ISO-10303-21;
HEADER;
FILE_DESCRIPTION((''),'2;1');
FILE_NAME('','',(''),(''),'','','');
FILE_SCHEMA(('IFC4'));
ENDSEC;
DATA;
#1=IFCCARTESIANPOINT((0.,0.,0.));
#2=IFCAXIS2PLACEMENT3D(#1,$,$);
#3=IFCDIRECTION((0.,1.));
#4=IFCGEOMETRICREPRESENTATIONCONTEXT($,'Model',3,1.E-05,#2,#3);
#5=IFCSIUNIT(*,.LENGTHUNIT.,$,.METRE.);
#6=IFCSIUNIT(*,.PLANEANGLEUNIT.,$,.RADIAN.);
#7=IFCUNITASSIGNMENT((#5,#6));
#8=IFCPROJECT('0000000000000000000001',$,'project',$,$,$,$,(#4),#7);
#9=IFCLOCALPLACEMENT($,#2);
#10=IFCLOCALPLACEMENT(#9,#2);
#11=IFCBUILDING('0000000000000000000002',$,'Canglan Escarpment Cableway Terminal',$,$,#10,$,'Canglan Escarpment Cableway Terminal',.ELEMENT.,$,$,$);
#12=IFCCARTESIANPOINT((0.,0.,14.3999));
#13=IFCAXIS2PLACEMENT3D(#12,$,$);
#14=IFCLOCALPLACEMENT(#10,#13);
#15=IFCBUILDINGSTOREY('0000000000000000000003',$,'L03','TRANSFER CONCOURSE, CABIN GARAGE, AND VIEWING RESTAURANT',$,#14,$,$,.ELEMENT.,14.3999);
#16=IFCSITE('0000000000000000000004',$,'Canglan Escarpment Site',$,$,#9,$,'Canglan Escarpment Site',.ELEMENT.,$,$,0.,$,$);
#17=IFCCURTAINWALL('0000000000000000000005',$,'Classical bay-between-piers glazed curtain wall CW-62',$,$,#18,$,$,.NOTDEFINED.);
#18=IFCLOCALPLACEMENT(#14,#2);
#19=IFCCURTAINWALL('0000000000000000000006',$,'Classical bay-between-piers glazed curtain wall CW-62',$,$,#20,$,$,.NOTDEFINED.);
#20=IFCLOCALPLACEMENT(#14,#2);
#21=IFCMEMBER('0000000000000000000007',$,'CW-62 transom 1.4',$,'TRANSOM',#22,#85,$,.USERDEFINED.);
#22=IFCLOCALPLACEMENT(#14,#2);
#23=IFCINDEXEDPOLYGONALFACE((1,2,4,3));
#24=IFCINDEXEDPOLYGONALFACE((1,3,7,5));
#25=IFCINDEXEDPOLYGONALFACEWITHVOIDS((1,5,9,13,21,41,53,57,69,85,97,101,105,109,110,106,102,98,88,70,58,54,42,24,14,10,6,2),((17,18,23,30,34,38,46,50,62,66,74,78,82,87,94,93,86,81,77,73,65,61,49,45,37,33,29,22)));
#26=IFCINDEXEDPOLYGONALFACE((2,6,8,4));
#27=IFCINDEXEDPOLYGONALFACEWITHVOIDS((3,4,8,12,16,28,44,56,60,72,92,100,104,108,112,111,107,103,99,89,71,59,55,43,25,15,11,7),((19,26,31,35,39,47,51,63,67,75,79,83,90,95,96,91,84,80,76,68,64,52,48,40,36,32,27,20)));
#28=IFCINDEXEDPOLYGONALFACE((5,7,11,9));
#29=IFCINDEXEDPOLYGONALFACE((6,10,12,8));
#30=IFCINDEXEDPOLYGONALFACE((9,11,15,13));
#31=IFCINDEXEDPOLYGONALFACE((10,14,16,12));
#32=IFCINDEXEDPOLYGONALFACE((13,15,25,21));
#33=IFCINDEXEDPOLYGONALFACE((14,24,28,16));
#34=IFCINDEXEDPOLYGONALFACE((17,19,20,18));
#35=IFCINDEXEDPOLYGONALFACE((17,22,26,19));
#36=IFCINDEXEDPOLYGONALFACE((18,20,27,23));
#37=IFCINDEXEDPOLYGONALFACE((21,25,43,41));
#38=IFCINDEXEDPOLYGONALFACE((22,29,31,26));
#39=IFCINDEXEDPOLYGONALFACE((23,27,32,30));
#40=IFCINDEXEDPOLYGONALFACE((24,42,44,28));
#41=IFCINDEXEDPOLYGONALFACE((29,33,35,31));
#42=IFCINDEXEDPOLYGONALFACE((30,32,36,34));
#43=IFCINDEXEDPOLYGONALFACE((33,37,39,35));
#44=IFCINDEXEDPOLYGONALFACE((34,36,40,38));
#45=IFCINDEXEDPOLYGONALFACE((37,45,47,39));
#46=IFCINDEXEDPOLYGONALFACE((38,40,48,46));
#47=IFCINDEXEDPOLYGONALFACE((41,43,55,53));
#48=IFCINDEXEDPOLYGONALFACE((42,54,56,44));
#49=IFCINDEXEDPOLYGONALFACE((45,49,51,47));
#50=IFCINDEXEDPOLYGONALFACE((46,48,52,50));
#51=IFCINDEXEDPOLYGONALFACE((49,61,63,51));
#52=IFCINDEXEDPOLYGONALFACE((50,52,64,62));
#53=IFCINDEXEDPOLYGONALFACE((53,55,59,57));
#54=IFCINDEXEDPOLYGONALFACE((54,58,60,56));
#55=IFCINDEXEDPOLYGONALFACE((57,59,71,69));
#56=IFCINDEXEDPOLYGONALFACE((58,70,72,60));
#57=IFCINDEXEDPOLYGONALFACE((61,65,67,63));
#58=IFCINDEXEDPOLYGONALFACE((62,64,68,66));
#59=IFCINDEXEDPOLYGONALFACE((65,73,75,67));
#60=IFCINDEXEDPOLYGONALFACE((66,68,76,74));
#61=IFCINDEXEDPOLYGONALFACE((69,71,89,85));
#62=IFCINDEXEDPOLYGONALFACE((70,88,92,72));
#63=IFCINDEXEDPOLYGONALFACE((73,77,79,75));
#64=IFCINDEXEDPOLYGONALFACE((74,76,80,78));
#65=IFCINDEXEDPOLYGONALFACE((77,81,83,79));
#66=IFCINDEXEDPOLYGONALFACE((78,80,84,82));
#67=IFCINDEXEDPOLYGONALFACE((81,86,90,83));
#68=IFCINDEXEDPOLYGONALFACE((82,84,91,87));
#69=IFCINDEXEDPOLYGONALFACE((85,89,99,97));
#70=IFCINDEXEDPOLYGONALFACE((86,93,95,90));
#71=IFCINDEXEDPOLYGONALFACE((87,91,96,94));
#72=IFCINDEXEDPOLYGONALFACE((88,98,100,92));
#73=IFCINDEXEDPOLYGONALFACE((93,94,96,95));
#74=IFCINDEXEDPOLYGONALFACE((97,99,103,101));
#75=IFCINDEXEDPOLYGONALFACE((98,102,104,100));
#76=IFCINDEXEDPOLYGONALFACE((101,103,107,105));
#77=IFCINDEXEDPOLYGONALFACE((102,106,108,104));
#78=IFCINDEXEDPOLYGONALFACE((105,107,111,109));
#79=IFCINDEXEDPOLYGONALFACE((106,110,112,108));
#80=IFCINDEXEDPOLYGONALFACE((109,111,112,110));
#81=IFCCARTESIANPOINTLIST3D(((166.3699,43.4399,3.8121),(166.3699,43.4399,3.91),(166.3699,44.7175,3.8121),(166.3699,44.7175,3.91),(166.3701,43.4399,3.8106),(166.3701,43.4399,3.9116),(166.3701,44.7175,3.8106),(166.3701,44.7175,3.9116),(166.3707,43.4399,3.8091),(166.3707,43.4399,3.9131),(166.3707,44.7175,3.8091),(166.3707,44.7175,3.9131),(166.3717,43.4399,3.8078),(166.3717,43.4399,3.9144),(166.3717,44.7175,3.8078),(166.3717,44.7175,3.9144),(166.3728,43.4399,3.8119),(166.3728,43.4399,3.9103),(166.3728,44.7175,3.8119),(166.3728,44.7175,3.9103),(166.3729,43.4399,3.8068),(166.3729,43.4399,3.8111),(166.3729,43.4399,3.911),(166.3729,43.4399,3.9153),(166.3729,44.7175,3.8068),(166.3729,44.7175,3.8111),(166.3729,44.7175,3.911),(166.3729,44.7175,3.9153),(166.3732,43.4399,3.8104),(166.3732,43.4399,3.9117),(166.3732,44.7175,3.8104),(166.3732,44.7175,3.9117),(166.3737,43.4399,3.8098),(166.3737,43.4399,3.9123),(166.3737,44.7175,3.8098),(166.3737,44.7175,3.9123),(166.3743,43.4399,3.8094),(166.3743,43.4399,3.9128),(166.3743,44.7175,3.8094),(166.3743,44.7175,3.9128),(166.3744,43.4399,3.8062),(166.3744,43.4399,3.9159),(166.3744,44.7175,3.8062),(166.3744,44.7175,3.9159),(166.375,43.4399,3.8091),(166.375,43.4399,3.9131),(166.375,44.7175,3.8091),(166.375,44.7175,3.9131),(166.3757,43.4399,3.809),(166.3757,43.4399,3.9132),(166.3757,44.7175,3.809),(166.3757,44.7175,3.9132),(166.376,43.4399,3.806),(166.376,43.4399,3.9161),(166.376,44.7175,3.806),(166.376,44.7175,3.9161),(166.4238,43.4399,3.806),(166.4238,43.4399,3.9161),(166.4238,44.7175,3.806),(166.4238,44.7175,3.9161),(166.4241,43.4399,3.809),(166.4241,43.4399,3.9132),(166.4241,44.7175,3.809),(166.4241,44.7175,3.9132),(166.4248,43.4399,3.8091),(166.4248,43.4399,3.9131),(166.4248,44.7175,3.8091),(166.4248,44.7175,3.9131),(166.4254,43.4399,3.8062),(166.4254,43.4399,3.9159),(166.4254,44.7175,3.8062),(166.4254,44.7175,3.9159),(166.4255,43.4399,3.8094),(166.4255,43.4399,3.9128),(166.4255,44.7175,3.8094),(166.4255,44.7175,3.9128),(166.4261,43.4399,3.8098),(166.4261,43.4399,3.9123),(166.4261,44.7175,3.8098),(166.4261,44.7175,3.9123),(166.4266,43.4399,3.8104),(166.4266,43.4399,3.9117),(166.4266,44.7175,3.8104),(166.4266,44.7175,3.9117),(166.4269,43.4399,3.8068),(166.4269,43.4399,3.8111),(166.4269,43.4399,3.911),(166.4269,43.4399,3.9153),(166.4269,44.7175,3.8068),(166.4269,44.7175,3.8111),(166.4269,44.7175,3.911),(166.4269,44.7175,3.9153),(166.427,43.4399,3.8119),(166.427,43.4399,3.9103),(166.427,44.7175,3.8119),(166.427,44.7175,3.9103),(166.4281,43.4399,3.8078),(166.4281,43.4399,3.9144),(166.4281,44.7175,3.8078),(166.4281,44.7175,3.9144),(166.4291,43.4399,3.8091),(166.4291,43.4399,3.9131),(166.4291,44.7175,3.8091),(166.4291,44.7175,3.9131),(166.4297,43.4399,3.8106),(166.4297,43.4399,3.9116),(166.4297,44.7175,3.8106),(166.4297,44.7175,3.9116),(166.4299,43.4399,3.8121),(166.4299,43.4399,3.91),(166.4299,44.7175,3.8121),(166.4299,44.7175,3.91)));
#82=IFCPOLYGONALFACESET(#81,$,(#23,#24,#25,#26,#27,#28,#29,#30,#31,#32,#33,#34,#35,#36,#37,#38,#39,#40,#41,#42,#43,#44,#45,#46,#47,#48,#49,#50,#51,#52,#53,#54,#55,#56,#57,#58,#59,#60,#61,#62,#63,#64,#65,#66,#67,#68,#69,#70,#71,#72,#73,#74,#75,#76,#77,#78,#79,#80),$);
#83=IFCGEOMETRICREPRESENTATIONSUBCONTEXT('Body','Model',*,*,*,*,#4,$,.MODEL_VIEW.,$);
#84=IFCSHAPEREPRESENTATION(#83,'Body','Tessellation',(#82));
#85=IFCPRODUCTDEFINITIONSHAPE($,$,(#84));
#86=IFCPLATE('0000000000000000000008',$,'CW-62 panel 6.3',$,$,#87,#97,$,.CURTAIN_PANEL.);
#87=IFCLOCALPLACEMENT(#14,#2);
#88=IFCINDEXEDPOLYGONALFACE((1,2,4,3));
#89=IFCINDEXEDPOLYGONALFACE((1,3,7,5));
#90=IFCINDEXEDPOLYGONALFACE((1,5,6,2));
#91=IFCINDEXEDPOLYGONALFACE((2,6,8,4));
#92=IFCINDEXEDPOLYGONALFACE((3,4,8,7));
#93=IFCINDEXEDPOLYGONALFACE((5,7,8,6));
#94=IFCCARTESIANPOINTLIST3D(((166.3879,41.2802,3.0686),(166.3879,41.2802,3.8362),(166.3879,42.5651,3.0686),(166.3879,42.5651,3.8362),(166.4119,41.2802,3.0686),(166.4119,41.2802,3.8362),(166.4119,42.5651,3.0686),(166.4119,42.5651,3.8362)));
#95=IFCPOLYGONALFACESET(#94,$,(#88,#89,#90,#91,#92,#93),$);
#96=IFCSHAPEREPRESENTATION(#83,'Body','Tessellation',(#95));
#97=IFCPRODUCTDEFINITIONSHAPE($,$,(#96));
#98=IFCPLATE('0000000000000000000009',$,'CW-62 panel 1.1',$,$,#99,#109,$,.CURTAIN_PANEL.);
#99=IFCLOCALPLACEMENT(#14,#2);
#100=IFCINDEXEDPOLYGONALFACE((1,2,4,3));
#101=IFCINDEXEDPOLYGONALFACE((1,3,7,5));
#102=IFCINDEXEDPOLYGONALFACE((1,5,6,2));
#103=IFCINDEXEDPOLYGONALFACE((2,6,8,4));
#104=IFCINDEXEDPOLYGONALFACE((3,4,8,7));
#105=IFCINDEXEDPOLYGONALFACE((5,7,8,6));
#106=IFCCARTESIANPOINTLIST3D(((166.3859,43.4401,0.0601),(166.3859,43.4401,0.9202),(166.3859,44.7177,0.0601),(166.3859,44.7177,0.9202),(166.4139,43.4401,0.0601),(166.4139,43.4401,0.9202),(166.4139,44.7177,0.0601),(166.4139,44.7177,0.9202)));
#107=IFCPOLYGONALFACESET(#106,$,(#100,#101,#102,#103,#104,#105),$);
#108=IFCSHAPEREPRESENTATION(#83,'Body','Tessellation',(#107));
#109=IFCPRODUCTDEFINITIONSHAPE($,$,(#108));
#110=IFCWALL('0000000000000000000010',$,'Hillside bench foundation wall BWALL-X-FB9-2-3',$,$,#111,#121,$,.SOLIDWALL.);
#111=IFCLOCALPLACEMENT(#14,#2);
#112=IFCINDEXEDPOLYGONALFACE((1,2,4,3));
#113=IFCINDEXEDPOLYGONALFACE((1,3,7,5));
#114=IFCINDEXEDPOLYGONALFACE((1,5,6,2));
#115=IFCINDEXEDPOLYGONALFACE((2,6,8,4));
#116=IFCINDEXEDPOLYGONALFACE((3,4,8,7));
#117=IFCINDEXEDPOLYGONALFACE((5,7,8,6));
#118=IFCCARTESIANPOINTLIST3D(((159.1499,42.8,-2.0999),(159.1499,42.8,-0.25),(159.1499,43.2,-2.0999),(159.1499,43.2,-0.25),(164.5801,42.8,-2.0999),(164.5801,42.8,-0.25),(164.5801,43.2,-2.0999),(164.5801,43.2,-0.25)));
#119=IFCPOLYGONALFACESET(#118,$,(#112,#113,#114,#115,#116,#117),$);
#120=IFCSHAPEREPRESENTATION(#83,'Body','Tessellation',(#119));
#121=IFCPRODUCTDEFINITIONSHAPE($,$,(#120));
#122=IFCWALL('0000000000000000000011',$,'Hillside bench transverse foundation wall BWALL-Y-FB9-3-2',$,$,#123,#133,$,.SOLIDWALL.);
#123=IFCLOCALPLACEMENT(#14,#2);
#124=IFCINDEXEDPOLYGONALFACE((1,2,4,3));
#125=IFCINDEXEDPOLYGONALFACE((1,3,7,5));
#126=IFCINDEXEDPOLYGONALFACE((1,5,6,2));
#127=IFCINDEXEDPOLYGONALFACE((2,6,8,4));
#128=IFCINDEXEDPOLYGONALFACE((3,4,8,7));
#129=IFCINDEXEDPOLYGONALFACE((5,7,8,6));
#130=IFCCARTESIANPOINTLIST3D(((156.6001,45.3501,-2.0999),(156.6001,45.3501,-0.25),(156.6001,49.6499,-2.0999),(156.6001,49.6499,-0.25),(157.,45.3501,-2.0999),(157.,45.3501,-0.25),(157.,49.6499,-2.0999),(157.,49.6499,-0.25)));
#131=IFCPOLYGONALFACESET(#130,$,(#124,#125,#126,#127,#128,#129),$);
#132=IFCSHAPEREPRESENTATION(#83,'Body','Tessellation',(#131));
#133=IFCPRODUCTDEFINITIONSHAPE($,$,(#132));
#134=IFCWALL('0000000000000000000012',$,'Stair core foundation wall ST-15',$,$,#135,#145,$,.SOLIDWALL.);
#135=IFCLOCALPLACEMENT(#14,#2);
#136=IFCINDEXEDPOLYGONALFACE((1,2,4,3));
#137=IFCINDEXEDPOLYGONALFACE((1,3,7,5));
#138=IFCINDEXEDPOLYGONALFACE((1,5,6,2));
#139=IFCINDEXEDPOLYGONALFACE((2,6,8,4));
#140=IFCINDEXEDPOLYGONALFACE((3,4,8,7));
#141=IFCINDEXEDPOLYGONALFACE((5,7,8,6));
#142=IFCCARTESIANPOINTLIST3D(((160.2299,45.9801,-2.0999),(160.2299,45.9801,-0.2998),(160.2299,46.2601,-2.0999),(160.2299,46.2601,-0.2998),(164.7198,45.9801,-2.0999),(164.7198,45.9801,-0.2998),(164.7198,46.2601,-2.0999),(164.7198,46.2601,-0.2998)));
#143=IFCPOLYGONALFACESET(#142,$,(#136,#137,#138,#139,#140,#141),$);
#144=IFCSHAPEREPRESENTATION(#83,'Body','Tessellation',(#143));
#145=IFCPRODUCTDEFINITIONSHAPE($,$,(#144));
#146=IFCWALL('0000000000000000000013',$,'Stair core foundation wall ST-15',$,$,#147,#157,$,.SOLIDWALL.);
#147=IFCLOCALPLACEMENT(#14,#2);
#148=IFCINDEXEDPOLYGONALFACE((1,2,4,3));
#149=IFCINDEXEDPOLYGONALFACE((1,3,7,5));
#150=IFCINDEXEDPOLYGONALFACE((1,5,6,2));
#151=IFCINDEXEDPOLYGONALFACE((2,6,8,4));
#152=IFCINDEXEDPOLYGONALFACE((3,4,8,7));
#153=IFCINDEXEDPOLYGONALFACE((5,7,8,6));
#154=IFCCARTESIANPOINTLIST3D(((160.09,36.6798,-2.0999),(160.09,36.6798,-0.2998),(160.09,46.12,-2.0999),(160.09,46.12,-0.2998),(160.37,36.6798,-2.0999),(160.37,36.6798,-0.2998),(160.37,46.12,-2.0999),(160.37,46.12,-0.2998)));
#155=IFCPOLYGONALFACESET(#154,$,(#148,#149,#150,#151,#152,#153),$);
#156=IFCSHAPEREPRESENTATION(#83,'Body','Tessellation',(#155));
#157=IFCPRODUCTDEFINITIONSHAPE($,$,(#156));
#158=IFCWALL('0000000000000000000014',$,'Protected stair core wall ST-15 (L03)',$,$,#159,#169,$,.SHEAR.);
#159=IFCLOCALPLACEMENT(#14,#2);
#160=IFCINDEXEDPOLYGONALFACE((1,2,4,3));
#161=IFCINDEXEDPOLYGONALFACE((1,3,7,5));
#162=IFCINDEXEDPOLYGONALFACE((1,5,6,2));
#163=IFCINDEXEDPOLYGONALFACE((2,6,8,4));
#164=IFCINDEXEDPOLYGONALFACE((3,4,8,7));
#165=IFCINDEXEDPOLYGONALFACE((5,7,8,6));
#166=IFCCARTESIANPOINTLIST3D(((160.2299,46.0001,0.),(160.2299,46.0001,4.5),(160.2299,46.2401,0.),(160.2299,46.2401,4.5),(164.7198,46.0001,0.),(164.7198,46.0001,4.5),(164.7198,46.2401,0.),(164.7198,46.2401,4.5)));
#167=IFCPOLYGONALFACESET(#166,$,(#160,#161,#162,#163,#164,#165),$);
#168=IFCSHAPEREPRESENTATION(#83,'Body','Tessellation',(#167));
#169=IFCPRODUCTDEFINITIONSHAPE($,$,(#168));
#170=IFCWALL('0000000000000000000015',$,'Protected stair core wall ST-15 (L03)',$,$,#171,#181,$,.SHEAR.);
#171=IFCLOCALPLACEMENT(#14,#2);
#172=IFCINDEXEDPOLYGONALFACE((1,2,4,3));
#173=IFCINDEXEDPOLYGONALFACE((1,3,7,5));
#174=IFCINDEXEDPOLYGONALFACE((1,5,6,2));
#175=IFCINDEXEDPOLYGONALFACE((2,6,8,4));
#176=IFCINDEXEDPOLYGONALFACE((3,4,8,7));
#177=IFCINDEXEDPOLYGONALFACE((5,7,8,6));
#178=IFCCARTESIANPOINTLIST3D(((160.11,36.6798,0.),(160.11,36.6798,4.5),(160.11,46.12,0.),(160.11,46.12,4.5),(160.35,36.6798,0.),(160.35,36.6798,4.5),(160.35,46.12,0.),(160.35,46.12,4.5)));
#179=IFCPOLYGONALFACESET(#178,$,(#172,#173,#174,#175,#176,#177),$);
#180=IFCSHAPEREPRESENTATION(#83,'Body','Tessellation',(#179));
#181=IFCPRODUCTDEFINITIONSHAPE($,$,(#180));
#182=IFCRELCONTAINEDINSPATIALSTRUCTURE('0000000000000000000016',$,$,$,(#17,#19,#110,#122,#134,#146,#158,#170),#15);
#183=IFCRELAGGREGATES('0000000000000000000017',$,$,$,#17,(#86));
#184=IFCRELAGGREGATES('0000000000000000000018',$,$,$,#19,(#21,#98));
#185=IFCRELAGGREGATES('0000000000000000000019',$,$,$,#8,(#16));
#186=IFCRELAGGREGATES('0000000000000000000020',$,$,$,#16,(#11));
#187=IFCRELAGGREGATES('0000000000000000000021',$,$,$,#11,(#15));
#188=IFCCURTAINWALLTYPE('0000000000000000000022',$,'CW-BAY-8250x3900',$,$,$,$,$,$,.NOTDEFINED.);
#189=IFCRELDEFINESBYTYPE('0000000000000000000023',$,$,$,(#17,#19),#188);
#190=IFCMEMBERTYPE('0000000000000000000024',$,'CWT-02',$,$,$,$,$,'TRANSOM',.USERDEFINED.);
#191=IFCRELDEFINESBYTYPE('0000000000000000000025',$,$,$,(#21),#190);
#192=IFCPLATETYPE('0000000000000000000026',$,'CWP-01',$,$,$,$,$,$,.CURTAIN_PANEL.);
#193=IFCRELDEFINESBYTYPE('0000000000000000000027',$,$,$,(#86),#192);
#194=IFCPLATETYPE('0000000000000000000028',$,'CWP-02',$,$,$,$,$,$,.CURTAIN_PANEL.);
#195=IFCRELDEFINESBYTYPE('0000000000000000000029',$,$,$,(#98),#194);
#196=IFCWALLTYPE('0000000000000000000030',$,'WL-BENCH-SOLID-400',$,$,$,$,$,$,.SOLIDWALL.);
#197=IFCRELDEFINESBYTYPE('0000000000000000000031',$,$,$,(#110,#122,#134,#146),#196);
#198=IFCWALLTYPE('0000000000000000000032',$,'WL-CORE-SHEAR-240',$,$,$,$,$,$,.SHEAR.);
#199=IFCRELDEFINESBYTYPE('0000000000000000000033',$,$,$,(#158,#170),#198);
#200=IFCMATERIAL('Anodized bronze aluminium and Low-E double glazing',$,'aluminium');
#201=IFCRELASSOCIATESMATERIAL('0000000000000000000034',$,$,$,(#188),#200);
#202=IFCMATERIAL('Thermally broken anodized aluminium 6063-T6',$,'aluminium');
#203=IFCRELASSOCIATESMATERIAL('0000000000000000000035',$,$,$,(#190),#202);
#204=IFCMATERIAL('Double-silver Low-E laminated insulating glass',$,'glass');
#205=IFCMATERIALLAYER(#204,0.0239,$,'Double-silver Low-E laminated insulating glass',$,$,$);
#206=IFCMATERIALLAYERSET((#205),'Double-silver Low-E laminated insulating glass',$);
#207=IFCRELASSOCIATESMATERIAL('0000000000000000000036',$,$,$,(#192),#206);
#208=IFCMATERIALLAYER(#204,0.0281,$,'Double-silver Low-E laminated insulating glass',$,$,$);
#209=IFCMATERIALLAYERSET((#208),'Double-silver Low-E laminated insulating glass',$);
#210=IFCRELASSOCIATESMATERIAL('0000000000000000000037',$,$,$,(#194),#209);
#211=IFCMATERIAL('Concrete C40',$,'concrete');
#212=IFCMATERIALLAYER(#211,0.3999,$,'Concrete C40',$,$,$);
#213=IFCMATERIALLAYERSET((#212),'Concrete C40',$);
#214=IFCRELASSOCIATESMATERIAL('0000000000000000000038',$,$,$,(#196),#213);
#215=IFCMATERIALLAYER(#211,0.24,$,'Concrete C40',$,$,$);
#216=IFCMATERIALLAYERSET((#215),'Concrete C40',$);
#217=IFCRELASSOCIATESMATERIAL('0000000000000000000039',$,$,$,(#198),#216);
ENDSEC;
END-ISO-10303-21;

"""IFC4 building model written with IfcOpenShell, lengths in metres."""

from ifc_helpers import new_model, si_unit, direction, frame, frame_2d, origin, origin_2d, place, context, subcontext, project, spatial, rectangle, hollow_rectangle, extrude, material, layer, layer_set, material_profile, profile_set, type_object, element, aggregate, save


model = new_model("IFC4")

# Units and contexts
model_context = context("Model", 3, precision=1e-05, world=origin(), true_north=direction((0.0, 1.0)))
body_context = subcontext(model_context, "Body", "Model", "MODEL_VIEW")
ifc_project = project(units=[si_unit("LENGTHUNIT", "METRE"), si_unit("PLANEANGLEUNIT", "RADIAN")], contexts=[model_context])

# Site, building, storey
site_placement = place(None, origin())
site = spatial("IfcSite", under=ifc_project, at=site_placement, Name="Canglan Escarpment Site", LongName="Canglan Escarpment Site", CompositionType="ELEMENT", RefElevation=0.0)
building_placement = place(site_placement, origin())
building = spatial("IfcBuilding", under=site, at=building_placement, Name="Canglan Escarpment Cableway Terminal", LongName="Canglan Escarpment Cableway Terminal", CompositionType="ELEMENT")
storey_placement = place(building_placement, frame((0.0, 0.0, 14.3999)))
storey = spatial("IfcBuildingStorey", under=building, at=storey_placement, Name="L03", Description="TRANSFER CONCOURSE, CABIN GARAGE, AND VIEWING RESTAURANT", CompositionType="ELEMENT", Elevation=14.3999)

# Shared definitions
ifc_material_1 = material(Name="Concrete C40", Category="concrete")

# Curtain wall
ifc_material_2 = material(Name="Anodized bronze aluminium and Low-E double glazing", Category="aluminium")
curtain_wall_type = type_object("IfcCurtainWallType", Name="CW-BAY-8250x3900", PredefinedType="NOTDEFINED", material=ifc_material_2)
curtain_wall_1_placement = place(storey_placement, origin())
curtain_wall_1 = element("IfcCurtainWall", 1, at=curtain_wall_1_placement, inside=storey, type_object=curtain_wall_type, Name="Classical bay-between-piers glazed curtain wall CW-62", PredefinedType="NOTDEFINED")
ifc_material_3 = material(Name="Thermally broken anodized aluminium 6063-T6", Category="aluminium")

# Curtain wall, member
curtain_wall_2_placement = place(storey_placement, origin())
curtain_wall_2 = element("IfcCurtainWall", 2, at=curtain_wall_2_placement, inside=storey, type_object=curtain_wall_type, Name="Classical bay-between-piers glazed curtain wall CW-62", PredefinedType="NOTDEFINED")
ifc_material_profile_1 = material_profile(ifc_material_3, hollow_rectangle(XDim=0.0601, YDim=0.1101, WallThickness=0.0029, InnerFilletRadius=0.0029, OuterFilletRadius=0.0061, at=origin_2d()), Name="ALU-TRAN 60x110x3")
ifc_profile_set_1 = profile_set([ifc_material_profile_1], Name="Thermally broken anodized aluminium 6063-T6")
member_type_1 = type_object("IfcMemberType", Name="CWT-02", ElementType="TRANSOM", PredefinedType="USERDEFINED", material=ifc_profile_set_1)
member_1_placement = place(storey_placement, frame((166.3999, 43.4399, 3.8611), z_axis=(0.0, 1.0, 0.0), x_axis=(-1.0, 0.0, 0.0)))
member_1 = element("IfcMember", 3, at=member_1_placement, type_object=member_type_1, Name="CW-62 transom 1.4", ObjectType="TRANSOM", PredefinedType="USERDEFINED", context=body_context, shape_type="SweptSolid", body=[
    extrude(hollow_rectangle(XDim=0.0601, YDim=0.1101, WallThickness=0.0029, InnerFilletRadius=0.0029, OuterFilletRadius=0.0061, at=origin_2d()), origin(), (0.0, 0.0, 1.0), 1.2776),
])

# Plates
ifc_material_4 = material(Name="Double-silver Low-E laminated insulating glass", Category="glass")
ifc_layer_1 = layer(ifc_material_4, 0.0239, Name="Double-silver Low-E laminated insulating glass")
ifc_layer_set_1 = layer_set([ifc_layer_1], Name="Double-silver Low-E laminated insulating glass")
plate_type_1 = type_object("IfcPlateType", Name="CWP-01", PredefinedType="CURTAIN_PANEL", material=ifc_layer_set_1)
plate_1_placement = place(storey_placement, frame((166.3999, 41.9226, 3.0686), z_axis=(0.0, 0.0, 1.0), x_axis=(0.0, 1.0, 0.0)))
plate_1 = element("IfcPlate", 4, at=plate_1_placement, type_object=plate_type_1, Name="CW-62 panel 6.3", PredefinedType="CURTAIN_PANEL", context=body_context, shape_type="SweptSolid", body=[
    extrude(rectangle(XDim=1.2849, YDim=0.0239, at=origin_2d()), origin(), (0.0, 0.0, 1.0), 0.7676),
])
aggregate(curtain_wall_1, [plate_1])
ifc_layer_2 = layer(ifc_material_4, 0.0281, Name="Double-silver Low-E laminated insulating glass")
ifc_layer_set_2 = layer_set([ifc_layer_2], Name="Double-silver Low-E laminated insulating glass")
plate_type_2 = type_object("IfcPlateType", Name="CWP-02", PredefinedType="CURTAIN_PANEL", material=ifc_layer_set_2)
plate_2_placement = place(storey_placement, frame((166.3999, 44.0789, 0.0601), z_axis=(0.0, 0.0, 1.0), x_axis=(0.0, 1.0, 0.0)))
plate_2 = element("IfcPlate", 5, at=plate_2_placement, type_object=plate_type_2, Name="CW-62 panel 1.1", PredefinedType="CURTAIN_PANEL", context=body_context, shape_type="SweptSolid", body=[
    extrude(rectangle(XDim=1.2776, YDim=0.0281, at=origin_2d()), origin(), (0.0, 0.0, 1.0), 0.8601),
])
aggregate(curtain_wall_2, [member_1, plate_2])

# Walls
ifc_layer_3 = layer(ifc_material_1, 0.3999, Name="Concrete C40")
ifc_layer_set_3 = layer_set([ifc_layer_3], Name="Concrete C40")
wall_type_1 = type_object("IfcWallType", Name="WL-BENCH-SOLID-400", PredefinedType="SOLIDWALL", material=ifc_layer_set_3)
wall_1_placement = place(storey_placement, frame((159.1499, 43.0, -2.0999), z_axis=(0.0, 0.0, 1.0), x_axis=(1.0, 0.0, 0.0)))
element("IfcWall", 6, at=wall_1_placement, inside=storey, type_object=wall_type_1, Name="Hillside bench foundation wall BWALL-X-FB9-2-3", PredefinedType="SOLIDWALL", context=body_context, shape_type="SweptSolid", body=[
    extrude(rectangle(XDim=5.4302, YDim=0.3999, at=frame_2d((2.7151, 0.0))), origin(), (0.0, 0.0, 1.0), 1.8499),
])
wall_2_placement = place(storey_placement, frame((156.8, 45.3501, -2.0999), z_axis=(0.0, 0.0, 1.0), x_axis=(0.0, 1.0, 0.0)))
element("IfcWall", 7, at=wall_2_placement, inside=storey, type_object=wall_type_1, Name="Hillside bench transverse foundation wall BWALL-Y-FB9-3-2", PredefinedType="SOLIDWALL", context=body_context, shape_type="SweptSolid", body=[
    extrude(rectangle(XDim=4.2998, YDim=0.3999, at=frame_2d((2.1499, 0.0))), origin(), (0.0, 0.0, 1.0), 1.8499),
])
wall_3_placement = place(storey_placement, frame((164.72, 46.1201, -2.0999), z_axis=(0.0, 0.0, 1.0), x_axis=(-1.0, 0.0, 0.0)))
element("IfcWall", 8, at=wall_3_placement, inside=storey, type_object=wall_type_1, Name="Stair core foundation wall ST-15", PredefinedType="SOLIDWALL", context=body_context, shape_type="SweptSolid", body=[
    extrude(rectangle(XDim=4.49, YDim=0.28, at=frame_2d((2.2451, 0.0))), origin(), (0.0, 0.0, 1.0), 1.8),
])
wall_4_placement = place(storey_placement, frame((160.23, 46.1201, -2.0999), z_axis=(0.0, 0.0, 1.0), x_axis=(0.0, -1.0, 0.0)))
element("IfcWall", 9, at=wall_4_placement, inside=storey, type_object=wall_type_1, Name="Stair core foundation wall ST-15", PredefinedType="SOLIDWALL", context=body_context, shape_type="SweptSolid", body=[
    extrude(rectangle(XDim=9.4402, YDim=0.28, at=frame_2d((4.7202, 0.0))), origin(), (0.0, 0.0, 1.0), 1.8),
])
ifc_layer_4 = layer(ifc_material_1, 0.24, Name="Concrete C40")
ifc_layer_set_4 = layer_set([ifc_layer_4], Name="Concrete C40")
wall_type_2 = type_object("IfcWallType", Name="WL-CORE-SHEAR-240", PredefinedType="SHEAR", material=ifc_layer_set_4)
wall_5_placement = place(storey_placement, frame((164.72, 46.1201, 0.0), z_axis=(0.0, 0.0, 1.0), x_axis=(-1.0, 0.0, 0.0)))
element("IfcWall", 10, at=wall_5_placement, inside=storey, type_object=wall_type_2, Name="Protected stair core wall ST-15 (L03)", PredefinedType="SHEAR", context=body_context, shape_type="SweptSolid", body=[
    extrude(rectangle(XDim=4.49, YDim=0.24, at=frame_2d((2.2451, 0.0))), origin(), (0.0, 0.0, 1.0), 4.5),
])
wall_6_placement = place(storey_placement, frame((160.23, 46.1201, 0.0), z_axis=(0.0, 0.0, 1.0), x_axis=(0.0, -1.0, 0.0)))
element("IfcWall", 11, at=wall_6_placement, inside=storey, type_object=wall_type_2, Name="Protected stair core wall ST-15 (L03)", PredefinedType="SHEAR", context=body_context, shape_type="SweptSolid", body=[
    extrude(rectangle(XDim=9.4402, YDim=0.24, at=frame_2d((4.7202, 0.0))), origin(), (0.0, 0.0, 1.0), 4.5),
])

save(model, "model.ifc")
